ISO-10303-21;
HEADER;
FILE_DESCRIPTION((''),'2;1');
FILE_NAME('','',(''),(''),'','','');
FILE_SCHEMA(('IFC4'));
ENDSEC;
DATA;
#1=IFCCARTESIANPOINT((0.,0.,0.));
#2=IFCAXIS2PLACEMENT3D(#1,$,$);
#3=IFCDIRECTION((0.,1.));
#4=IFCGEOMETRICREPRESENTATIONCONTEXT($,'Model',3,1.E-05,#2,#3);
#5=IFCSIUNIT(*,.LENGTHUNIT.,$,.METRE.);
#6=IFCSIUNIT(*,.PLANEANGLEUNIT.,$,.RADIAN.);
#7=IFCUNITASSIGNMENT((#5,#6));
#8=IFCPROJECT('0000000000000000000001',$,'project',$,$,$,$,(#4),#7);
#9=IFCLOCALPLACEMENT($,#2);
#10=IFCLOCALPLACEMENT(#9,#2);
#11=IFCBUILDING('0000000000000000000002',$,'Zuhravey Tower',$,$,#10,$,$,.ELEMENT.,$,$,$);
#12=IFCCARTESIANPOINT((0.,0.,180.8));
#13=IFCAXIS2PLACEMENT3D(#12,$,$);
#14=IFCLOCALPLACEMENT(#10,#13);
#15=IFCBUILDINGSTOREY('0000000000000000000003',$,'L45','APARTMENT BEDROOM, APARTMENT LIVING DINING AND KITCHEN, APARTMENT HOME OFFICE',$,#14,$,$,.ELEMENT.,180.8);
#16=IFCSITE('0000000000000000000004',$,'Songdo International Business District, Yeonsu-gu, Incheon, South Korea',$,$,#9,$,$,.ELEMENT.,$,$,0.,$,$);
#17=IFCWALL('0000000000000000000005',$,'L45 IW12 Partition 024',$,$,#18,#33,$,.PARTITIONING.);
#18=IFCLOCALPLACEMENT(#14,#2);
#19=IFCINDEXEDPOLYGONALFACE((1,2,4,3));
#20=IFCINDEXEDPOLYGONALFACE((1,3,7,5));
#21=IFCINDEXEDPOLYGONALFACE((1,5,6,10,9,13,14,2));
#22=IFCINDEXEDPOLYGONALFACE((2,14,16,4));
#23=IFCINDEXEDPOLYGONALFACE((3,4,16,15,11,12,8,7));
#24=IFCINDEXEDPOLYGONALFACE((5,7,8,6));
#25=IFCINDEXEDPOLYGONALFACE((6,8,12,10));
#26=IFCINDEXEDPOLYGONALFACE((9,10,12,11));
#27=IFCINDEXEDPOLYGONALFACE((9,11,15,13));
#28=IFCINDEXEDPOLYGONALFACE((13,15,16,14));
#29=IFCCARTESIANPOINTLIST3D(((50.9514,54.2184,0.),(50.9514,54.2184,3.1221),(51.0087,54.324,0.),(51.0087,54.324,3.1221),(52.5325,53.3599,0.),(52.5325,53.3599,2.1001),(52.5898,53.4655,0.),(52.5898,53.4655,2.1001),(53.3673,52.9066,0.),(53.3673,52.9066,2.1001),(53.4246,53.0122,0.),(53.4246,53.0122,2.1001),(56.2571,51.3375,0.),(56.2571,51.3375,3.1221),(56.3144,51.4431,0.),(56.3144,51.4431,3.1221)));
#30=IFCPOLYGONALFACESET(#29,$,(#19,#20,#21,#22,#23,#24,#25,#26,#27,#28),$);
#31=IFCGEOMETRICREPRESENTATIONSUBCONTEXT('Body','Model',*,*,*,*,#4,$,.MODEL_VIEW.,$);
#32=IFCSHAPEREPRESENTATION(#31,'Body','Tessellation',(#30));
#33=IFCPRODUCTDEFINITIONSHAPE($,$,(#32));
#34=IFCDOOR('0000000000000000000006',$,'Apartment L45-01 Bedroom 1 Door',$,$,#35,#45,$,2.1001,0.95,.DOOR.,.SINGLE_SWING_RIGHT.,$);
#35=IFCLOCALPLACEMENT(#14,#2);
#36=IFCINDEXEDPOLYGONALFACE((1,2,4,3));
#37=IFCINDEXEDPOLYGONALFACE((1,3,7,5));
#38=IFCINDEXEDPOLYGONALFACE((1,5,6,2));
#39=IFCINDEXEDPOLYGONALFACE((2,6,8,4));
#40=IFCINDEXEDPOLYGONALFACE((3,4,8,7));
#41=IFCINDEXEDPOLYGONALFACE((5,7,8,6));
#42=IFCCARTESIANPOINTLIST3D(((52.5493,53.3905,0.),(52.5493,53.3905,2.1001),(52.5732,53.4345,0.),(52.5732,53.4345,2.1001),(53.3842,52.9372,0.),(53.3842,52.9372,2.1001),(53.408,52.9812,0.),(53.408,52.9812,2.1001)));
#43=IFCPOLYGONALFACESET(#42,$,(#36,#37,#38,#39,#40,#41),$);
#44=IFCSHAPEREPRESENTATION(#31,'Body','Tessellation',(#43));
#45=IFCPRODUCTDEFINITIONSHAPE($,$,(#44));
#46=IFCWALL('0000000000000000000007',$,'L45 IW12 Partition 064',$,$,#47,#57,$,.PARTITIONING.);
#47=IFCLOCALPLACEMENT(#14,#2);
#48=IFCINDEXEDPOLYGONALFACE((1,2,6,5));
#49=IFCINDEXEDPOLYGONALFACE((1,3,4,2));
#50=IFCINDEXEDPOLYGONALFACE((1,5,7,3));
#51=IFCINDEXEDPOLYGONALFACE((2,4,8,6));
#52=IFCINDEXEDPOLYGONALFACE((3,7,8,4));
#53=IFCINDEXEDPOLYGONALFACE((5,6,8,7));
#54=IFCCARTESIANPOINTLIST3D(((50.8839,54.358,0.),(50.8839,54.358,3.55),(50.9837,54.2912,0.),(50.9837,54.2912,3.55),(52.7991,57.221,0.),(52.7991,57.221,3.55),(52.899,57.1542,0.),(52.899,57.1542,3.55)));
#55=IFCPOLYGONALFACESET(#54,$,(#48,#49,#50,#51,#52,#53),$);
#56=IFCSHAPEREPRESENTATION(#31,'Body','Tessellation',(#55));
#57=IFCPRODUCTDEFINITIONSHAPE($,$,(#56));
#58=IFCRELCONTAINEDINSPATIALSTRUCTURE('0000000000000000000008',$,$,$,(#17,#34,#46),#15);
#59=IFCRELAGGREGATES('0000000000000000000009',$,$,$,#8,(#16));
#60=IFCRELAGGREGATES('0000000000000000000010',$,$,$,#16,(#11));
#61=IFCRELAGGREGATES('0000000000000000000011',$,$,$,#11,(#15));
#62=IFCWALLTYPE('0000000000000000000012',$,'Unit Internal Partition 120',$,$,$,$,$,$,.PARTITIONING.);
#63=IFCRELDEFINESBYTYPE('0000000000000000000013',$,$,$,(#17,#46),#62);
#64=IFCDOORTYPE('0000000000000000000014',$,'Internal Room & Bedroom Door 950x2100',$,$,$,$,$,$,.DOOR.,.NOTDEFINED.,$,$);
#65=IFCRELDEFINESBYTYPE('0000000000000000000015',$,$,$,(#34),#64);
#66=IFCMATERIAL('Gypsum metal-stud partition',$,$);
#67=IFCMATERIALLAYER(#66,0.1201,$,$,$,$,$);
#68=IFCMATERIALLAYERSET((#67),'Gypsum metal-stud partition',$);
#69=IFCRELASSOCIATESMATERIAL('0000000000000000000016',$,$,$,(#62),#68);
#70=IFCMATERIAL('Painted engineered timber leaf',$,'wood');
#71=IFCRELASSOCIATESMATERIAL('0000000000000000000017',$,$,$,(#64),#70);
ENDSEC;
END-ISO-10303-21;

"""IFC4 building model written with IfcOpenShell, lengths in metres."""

from ifc_helpers import new_model, si_unit, direction, frame, frame_2d, origin, place, context, subcontext, project, spatial, rectangle, extrude, material, layer, layer_set, type_object, element, fill, save


model = new_model("IFC4")

# Units and contexts
model_context = context("Model", 3, precision=1e-05, world=origin(), true_north=direction((0.0, 1.0)))
body_context = subcontext(model_context, "Body", "Model", "MODEL_VIEW")
ifc_project = project(units=[si_unit("LENGTHUNIT", "METRE"), si_unit("PLANEANGLEUNIT", "RADIAN")], contexts=[model_context])

# Site, building, storey
site_placement = place(None, origin())
site = spatial("IfcSite", under=ifc_project, at=site_placement, Name="Songdo International Business District, Yeonsu-gu, Incheon, South Korea", CompositionType="ELEMENT", RefElevation=0.0)
building_placement = place(site_placement, origin())
building = spatial("IfcBuilding", under=site, at=building_placement, Name="Zuhravey Tower", CompositionType="ELEMENT")
storey_placement = place(building_placement, frame((0.0, 0.0, 180.8)))
storey = spatial("IfcBuildingStorey", under=building, at=storey_placement, Name="L45", Description="APARTMENT BEDROOM, APARTMENT LIVING DINING AND KITCHEN, APARTMENT HOME OFFICE", CompositionType="ELEMENT", Elevation=180.8)

# Wall, opening, door
ifc_material_1 = material(Name="Gypsum metal-stud partition")
ifc_layer_1 = layer(ifc_material_1, 0.1201)
ifc_layer_set_1 = layer_set([ifc_layer_1], Name="Gypsum metal-stud partition")
wall_type_1 = type_object("IfcWallType", Name="Unit Internal Partition 120", PredefinedType="PARTITIONING", material=ifc_layer_set_1)
wall_1_placement = place(storey_placement, frame((56.2856, 51.3904, 0.0), z_axis=(0.0, 0.0, 1.0), x_axis=(-0.878809, 0.477174, 0.0)))
wall_1 = element("IfcWall", 1, at=wall_1_placement, inside=storey, type_object=wall_type_1, Name="L45 IW12 Partition 024", PredefinedType="PARTITIONING", context=body_context, shape_type="SweptSolid", body=[
    extrude(rectangle(XDim=6.0374, YDim=0.1201, at=frame_2d((3.0186, 0.0))), origin(), (0.0, 0.0, 1.0), 3.1221),
])
opening_1_placement = place(wall_1_placement, frame((3.2881, 0.0, 0.0)))
opening_1 = element("IfcOpeningElement", 2, at=opening_1_placement, cuts=wall_1, PredefinedType="OPENING", context=body_context, shape_type="SweptSolid", body=[
    extrude(rectangle(XDim=0.95, YDim=2.1001, at=frame_2d((0.4751, 1.05))), frame((0.0, 0.072, 0.0), z_axis=(0.0, -1.0, 0.0), x_axis=(1.0, 0.0, 0.0)), (0.0, 0.0, 1.0), 0.144),
])
ifc_material_2 = material(Name="Painted engineered timber leaf", Category="wood")
door_type_1 = type_object("IfcDoorType", Name="Internal Room & Bedroom Door 950x2100", OperationType="NOTDEFINED", PredefinedType="DOOR", material=ifc_material_2)
door_1_placement = place(opening_1_placement, frame((0.95, 0.0, 0.0), z_axis=(0.0, 0.0, 1.0), x_axis=(-1.0, 0.0, 0.0)))
door_1 = element("IfcDoor", 3, at=door_1_placement, inside=storey, type_object=door_type_1, Name="Apartment L45-01 Bedroom 1 Door", OperationType="SINGLE_SWING_RIGHT", OverallHeight=2.1001, OverallWidth=0.95, PredefinedType="DOOR", context=body_context, shape_type="SweptSolid", body=[
    extrude(rectangle(XDim=0.95, YDim=2.1001, at=frame_2d((0.4751, 1.05))), frame((0.0, 0.0249, 0.0), z_axis=(0.0, -1.0, 0.0), x_axis=(1.0, 0.0, 0.0)), (0.0, 0.0, 1.0), 0.05),
])
fill(opening_1, door_1)

# Wall
wall_2_placement = place(storey_placement, frame((50.9338, 54.3247, 0.0), z_axis=(0.0, 0.0, 1.0), x_axis=(0.556024, 0.831166, 0.0)))
element("IfcWall", 4, at=wall_2_placement, inside=storey, type_object=wall_type_1, Name="L45 IW12 Partition 064", PredefinedType="PARTITIONING", context=body_context, shape_type="SweptSolid", body=[
    extrude(rectangle(XDim=3.4446, YDim=0.1201, at=frame_2d((1.7222, 0.0))), origin(), (0.0, 0.0, 1.0), 3.55),
])

save(model, "model.ifc")
